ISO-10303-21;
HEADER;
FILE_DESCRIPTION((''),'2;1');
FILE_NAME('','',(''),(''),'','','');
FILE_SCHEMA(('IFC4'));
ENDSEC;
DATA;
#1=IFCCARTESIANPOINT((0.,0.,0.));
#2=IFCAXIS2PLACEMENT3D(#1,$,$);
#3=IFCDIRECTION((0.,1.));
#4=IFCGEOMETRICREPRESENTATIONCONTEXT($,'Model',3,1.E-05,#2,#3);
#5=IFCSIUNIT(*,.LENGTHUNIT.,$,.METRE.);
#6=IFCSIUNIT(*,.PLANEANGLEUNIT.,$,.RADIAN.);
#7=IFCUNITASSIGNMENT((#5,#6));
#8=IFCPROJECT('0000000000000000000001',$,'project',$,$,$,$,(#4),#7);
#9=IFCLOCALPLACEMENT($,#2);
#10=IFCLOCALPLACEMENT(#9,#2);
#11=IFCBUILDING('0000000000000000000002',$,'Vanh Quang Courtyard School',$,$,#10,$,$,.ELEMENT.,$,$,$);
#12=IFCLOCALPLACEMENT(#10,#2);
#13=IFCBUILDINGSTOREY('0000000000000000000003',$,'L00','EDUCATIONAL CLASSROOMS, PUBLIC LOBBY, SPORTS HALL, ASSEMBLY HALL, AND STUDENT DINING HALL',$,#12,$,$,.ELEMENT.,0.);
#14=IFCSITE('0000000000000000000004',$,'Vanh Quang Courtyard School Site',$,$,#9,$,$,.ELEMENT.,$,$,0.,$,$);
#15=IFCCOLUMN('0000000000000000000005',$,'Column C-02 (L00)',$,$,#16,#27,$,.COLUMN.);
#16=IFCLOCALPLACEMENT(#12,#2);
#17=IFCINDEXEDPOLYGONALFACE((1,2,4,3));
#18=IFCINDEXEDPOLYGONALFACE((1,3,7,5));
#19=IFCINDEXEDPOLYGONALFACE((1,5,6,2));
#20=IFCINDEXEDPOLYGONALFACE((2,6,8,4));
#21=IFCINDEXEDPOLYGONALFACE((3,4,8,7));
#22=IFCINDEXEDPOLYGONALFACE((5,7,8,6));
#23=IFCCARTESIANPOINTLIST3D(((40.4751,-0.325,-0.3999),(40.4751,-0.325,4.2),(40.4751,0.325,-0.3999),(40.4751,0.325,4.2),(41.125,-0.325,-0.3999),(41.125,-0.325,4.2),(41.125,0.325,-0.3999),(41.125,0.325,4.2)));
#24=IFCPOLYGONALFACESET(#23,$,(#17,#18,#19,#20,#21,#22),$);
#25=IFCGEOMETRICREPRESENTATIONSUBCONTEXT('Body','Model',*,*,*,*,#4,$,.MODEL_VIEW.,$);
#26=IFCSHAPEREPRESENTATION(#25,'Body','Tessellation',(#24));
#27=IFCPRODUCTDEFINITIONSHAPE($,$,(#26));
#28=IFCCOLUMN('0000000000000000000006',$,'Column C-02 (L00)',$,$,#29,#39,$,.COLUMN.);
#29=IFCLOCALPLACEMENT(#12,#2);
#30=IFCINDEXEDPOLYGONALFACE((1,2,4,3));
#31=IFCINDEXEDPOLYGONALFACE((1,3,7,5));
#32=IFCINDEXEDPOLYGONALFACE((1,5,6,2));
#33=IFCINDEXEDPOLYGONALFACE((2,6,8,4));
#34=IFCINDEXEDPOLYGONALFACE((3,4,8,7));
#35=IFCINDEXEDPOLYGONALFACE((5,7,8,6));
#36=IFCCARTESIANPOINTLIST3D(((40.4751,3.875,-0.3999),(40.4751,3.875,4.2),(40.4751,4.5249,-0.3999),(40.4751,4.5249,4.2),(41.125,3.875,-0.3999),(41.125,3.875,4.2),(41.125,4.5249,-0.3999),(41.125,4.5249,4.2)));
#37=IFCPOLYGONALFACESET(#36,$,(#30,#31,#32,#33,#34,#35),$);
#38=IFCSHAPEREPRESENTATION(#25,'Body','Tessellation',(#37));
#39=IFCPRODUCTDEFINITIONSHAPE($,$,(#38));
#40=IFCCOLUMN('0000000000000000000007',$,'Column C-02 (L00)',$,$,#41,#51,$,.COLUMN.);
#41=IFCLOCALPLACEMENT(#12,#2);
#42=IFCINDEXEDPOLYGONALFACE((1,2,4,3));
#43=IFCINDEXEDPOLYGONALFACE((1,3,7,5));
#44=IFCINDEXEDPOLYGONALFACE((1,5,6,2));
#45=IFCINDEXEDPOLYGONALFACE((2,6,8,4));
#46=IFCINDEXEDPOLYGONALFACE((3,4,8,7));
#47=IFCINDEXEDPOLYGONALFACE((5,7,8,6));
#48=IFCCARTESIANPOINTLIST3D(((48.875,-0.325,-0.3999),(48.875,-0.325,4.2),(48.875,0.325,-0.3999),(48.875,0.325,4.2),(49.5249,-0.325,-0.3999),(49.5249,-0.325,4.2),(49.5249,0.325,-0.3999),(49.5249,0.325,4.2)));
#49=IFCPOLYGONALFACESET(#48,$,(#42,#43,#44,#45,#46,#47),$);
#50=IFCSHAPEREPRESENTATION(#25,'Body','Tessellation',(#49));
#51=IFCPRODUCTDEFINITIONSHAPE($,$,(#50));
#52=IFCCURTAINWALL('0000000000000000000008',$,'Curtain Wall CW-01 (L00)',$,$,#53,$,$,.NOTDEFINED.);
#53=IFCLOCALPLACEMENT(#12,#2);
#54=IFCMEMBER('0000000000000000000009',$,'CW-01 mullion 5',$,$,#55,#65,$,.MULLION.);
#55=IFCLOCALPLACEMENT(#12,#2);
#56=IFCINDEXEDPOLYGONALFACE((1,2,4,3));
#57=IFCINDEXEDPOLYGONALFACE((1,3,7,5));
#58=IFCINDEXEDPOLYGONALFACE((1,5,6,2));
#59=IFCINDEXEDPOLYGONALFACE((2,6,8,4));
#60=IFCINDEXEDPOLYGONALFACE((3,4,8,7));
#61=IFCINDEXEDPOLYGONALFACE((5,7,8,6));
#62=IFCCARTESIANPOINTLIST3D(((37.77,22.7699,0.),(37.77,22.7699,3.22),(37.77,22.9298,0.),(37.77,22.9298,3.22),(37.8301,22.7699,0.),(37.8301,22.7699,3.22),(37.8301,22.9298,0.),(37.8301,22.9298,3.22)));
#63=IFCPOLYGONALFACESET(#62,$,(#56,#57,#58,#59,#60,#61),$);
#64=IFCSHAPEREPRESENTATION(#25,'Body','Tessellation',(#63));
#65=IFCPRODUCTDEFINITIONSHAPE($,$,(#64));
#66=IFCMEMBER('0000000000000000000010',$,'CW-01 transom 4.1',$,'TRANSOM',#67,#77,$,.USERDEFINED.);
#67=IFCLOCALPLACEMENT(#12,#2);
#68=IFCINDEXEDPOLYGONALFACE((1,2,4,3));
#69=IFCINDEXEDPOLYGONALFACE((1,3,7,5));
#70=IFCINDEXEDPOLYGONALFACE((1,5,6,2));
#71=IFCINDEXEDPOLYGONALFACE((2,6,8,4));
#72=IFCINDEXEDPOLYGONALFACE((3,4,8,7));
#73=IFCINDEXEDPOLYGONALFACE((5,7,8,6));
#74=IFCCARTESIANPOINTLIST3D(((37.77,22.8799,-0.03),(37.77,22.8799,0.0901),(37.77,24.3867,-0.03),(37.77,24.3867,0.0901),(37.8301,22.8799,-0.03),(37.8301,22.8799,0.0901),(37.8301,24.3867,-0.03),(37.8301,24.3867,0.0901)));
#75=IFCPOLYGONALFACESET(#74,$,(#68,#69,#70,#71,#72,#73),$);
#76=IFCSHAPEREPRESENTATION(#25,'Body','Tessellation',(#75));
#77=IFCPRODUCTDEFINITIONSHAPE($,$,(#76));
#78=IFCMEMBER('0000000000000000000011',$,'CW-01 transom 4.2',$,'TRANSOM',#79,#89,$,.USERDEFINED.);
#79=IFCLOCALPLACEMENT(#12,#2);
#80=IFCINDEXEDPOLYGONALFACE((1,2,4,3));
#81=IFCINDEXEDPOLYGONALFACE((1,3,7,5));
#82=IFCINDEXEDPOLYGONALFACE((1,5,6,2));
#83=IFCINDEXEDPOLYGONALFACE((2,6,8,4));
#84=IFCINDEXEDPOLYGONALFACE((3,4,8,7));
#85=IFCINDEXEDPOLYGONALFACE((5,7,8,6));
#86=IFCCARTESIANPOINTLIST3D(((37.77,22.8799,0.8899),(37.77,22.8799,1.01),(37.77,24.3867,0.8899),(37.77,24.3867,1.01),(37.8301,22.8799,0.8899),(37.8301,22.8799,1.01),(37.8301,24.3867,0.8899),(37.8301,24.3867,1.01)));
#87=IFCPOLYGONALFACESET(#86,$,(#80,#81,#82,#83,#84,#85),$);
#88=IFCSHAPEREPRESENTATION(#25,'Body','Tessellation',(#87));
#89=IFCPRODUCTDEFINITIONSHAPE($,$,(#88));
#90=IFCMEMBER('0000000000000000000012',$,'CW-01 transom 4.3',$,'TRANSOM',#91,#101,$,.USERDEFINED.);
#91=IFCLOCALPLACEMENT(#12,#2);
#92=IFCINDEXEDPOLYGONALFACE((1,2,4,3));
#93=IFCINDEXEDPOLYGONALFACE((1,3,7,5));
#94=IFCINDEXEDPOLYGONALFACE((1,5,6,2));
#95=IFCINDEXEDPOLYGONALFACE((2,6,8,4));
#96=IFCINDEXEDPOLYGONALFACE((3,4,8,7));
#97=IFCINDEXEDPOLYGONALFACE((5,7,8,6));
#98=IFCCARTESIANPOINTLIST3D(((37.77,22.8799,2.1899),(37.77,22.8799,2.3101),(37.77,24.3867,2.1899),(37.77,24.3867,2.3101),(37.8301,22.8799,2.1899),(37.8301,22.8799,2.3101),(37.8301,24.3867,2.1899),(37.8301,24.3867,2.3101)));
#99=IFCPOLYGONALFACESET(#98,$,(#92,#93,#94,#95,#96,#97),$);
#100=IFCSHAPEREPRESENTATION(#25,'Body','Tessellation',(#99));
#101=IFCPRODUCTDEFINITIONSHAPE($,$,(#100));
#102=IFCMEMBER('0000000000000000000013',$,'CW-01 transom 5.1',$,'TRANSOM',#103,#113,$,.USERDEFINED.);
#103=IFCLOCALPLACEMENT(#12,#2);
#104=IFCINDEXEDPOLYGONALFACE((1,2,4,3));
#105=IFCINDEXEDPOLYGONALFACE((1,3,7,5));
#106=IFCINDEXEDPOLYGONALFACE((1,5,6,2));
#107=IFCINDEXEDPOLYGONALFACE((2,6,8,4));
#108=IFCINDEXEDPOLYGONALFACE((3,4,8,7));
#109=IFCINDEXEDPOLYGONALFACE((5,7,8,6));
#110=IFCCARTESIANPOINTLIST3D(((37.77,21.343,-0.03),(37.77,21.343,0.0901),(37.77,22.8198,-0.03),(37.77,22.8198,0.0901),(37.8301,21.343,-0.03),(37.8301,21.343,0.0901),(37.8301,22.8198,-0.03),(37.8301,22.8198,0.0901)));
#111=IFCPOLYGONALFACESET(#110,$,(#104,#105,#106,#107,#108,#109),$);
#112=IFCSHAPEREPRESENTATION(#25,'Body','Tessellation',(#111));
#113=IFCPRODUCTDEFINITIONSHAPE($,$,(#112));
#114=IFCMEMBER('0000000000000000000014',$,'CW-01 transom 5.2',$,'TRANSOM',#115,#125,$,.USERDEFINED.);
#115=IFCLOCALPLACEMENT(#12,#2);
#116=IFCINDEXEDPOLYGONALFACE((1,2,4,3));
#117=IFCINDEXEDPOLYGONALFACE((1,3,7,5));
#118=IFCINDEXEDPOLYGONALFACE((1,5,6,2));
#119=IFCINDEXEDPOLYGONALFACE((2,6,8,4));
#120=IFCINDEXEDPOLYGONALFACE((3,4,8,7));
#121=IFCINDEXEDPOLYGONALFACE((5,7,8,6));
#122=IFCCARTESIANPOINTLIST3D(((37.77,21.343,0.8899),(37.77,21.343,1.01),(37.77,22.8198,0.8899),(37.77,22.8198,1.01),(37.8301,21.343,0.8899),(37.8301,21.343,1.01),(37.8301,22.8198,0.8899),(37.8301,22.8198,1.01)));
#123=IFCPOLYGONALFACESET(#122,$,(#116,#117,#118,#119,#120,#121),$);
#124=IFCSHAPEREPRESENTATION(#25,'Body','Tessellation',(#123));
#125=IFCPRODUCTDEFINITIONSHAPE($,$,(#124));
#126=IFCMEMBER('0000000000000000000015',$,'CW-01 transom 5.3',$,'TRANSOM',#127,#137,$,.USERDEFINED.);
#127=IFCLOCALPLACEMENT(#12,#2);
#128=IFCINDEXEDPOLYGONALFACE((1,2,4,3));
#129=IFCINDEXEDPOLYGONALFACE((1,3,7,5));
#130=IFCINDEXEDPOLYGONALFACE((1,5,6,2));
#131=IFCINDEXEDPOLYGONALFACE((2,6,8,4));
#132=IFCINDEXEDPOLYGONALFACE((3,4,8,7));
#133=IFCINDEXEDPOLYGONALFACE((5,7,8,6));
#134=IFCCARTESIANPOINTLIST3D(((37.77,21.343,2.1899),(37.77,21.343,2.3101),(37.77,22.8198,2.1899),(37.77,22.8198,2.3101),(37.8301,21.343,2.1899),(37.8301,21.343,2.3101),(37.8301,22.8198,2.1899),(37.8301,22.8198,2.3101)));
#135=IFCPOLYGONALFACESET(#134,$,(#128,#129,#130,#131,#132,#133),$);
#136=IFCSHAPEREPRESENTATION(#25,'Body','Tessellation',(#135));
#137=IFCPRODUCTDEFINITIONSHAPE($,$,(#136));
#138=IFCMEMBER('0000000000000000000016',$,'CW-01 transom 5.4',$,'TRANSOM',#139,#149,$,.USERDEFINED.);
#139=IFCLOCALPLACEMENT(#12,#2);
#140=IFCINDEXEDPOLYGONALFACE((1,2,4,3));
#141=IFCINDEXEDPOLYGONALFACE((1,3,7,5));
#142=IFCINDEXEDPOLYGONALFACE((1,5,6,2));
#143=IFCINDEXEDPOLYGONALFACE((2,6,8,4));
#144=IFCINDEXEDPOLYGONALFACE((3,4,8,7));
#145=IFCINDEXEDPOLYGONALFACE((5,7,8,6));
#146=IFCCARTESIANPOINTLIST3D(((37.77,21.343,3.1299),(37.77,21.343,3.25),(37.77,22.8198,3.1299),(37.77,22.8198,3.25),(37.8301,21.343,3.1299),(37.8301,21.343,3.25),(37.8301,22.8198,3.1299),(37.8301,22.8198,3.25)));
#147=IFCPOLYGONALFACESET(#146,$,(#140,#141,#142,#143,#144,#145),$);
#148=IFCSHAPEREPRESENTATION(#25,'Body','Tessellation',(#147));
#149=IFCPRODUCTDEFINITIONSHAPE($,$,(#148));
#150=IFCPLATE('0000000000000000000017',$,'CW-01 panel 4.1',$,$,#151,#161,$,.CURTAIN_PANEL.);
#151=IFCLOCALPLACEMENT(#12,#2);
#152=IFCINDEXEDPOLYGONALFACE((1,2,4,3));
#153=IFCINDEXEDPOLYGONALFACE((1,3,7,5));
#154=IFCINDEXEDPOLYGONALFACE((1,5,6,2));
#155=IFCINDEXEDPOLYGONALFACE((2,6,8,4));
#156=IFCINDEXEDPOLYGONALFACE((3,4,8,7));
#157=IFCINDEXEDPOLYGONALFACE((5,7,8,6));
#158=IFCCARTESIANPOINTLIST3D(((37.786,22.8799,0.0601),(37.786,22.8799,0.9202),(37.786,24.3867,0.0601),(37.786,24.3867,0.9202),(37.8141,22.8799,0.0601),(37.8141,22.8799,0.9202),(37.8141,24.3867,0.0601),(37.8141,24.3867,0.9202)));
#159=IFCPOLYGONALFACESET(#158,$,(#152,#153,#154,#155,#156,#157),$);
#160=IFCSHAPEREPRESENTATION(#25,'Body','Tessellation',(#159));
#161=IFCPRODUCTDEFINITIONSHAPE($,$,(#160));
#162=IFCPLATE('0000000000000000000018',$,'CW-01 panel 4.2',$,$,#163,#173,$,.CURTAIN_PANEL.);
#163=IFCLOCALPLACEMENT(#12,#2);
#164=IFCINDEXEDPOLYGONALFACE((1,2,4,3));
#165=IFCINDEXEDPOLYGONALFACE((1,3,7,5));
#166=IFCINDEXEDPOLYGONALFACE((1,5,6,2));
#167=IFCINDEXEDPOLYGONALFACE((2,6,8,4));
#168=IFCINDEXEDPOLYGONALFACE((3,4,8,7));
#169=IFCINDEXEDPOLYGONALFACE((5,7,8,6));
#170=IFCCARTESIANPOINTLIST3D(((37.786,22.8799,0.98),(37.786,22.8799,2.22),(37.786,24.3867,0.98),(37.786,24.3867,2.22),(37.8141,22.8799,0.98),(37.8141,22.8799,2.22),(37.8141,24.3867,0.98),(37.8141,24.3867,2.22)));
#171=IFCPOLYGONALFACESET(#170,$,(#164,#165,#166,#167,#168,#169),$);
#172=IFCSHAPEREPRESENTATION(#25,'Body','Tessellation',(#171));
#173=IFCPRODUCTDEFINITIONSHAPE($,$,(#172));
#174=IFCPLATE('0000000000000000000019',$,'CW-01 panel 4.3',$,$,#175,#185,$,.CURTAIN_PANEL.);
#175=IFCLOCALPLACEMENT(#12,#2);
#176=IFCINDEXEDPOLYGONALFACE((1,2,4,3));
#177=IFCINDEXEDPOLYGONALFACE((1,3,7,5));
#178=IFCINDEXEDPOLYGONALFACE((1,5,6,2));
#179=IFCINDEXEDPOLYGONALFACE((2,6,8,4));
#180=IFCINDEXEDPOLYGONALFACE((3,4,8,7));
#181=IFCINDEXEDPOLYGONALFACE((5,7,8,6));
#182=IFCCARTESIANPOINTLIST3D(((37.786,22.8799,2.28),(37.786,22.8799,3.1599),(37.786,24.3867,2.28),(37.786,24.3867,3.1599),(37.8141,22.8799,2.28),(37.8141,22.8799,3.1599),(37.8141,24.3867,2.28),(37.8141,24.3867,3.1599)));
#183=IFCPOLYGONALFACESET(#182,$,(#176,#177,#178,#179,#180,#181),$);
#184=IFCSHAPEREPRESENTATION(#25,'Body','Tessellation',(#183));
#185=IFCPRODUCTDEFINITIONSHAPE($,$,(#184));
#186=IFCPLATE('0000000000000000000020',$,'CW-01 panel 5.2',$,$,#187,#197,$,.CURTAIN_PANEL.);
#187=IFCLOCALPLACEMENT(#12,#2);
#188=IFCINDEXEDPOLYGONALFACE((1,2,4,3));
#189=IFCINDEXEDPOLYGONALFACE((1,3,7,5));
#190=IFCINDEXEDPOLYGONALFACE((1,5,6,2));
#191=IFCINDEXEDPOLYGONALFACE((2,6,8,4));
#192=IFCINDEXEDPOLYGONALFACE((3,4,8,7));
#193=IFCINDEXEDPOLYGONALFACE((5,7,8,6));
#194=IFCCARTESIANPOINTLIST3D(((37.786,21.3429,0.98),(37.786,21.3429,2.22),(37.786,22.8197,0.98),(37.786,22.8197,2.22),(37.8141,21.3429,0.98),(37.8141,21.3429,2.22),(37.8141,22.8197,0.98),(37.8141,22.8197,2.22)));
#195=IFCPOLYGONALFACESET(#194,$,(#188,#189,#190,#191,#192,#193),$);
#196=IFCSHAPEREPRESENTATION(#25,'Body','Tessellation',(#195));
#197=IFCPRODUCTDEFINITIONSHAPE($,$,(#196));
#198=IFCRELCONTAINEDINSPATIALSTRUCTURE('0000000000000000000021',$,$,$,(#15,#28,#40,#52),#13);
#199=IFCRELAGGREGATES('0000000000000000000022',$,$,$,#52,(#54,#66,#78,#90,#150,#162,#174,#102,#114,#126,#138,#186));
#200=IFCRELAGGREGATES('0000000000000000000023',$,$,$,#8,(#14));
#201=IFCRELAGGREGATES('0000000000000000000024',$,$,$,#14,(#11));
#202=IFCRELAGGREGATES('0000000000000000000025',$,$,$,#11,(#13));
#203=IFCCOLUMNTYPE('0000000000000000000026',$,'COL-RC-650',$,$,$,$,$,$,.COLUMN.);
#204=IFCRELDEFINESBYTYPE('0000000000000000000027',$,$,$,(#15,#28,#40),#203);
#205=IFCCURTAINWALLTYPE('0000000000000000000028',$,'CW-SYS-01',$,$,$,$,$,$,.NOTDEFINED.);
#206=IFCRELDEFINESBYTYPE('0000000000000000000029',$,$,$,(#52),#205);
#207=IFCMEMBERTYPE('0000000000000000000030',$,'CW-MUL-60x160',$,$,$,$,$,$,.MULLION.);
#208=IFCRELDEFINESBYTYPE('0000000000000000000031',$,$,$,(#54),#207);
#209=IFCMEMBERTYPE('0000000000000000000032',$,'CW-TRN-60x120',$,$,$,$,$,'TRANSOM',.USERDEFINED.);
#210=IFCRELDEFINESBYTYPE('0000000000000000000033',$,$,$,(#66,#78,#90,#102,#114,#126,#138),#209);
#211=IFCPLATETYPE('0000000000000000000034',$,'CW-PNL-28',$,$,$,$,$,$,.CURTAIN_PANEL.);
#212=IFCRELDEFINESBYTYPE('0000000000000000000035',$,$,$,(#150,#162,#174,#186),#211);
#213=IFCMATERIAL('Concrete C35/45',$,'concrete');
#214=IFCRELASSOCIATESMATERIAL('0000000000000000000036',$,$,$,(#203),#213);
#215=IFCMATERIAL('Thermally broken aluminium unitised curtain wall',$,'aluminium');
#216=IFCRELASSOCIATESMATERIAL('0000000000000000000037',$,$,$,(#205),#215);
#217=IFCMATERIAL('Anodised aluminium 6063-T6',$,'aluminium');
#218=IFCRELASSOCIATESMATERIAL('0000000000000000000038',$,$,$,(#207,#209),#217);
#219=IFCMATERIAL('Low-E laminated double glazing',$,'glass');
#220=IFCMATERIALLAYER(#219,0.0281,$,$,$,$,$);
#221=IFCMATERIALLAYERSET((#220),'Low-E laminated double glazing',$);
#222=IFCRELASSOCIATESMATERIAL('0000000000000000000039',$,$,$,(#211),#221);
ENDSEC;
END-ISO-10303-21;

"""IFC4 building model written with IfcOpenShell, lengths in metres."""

from ifc_helpers import new_model, si_unit, direction, frame, origin, origin_2d, place, context, subcontext, project, spatial, rectangle, extrude, material, layer, layer_set, material_profile, profile_set, type_object, element, aggregate, save


model = new_model("IFC4")

# Units and contexts
model_context = context("Model", 3, precision=1e-05, world=origin(), true_north=direction((0.0, 1.0)))
body_context = subcontext(model_context, "Body", "Model", "MODEL_VIEW")
ifc_project = project(units=[si_unit("LENGTHUNIT", "METRE"), si_unit("PLANEANGLEUNIT", "RADIAN")], contexts=[model_context])

# Site, building, storey
site_placement = place(None, origin())
site = spatial("IfcSite", under=ifc_project, at=site_placement, Name="Vanh Quang Courtyard School Site", CompositionType="ELEMENT", RefElevation=0.0)
building_placement = place(site_placement, origin())
building = spatial("IfcBuilding", under=site, at=building_placement, Name="Vanh Quang Courtyard School", CompositionType="ELEMENT")
storey_placement = place(building_placement, origin())
storey = spatial("IfcBuildingStorey", under=building, at=storey_placement, Name="L00", Description="EDUCATIONAL CLASSROOMS, PUBLIC LOBBY, SPORTS HALL, ASSEMBLY HALL, AND STUDENT DINING HALL", CompositionType="ELEMENT", Elevation=0.0)

# Shared definitions
ifc_material_1 = material(Name="Concrete C35/45", Category="concrete")

# Columns
ifc_material_profile_1 = material_profile(ifc_material_1, rectangle(XDim=0.6499, YDim=0.6499, at=origin_2d()), Name="RC-COL 650x650")
ifc_profile_set_1 = profile_set([ifc_material_profile_1], Name="Concrete C35/45")
column_type = type_object("IfcColumnType", Name="COL-RC-650", PredefinedType="COLUMN", material=ifc_profile_set_1)
for number, where, z_axis, x_axis, name in (
    (1, (40.8, 0.0, -0.3999), (0.0, 0.0, 1.0), (1.0, 0.0, 0.0), "Column C-02 (L00)"),
    (2, (40.8, 4.2, -0.3999), (0.0, 0.0, 1.0), (1.0, 0.0, 0.0), "Column C-02 (L00)"),
    (3, (49.2, 0.0, -0.3999), (0.0, 0.0, 1.0), (1.0, 0.0, 0.0), "Column C-02 (L00)"),
):
    element("IfcColumn", number, at=place(storey_placement, frame(where, z_axis=z_axis, x_axis=x_axis)), inside=storey, type_object=column_type, Name=name, PredefinedType="COLUMN", context=body_context, shape_type="SweptSolid", body=[
        extrude(rectangle(XDim=0.6499, YDim=0.6499, at=origin_2d()), origin(), (0.0, 0.0, 1.0), 4.5999),
    ])

# Curtain wall, members, plates
ifc_material_2 = material(Name="Thermally broken aluminium unitised curtain wall", Category="aluminium")
curtain_wall_type = type_object("IfcCurtainWallType", Name="CW-SYS-01", PredefinedType="NOTDEFINED", material=ifc_material_2)
curtain_wall_placement = place(storey_placement, origin())
curtain_wall = element("IfcCurtainWall", 4, at=curtain_wall_placement, inside=storey, type_object=curtain_wall_type, Name="Curtain Wall CW-01 (L00)", PredefinedType="NOTDEFINED")
ifc_material_3 = material(Name="Anodised aluminium 6063-T6", Category="aluminium")
ifc_material_profile_2 = material_profile(ifc_material_3, rectangle(XDim=0.0601, YDim=0.1599, at=origin_2d()), Name="ALU-MUL 60x160")
ifc_profile_set_2 = profile_set([ifc_material_profile_2], Name="Anodised aluminium 6063-T6")
member_type_1 = type_object("IfcMemberType", Name="CW-MUL-60x160", PredefinedType="MULLION", material=ifc_profile_set_2)
member_1_placement = place(storey_placement, frame((37.8, 22.8499, 0.0), z_axis=(0.0, 0.0, 1.0), x_axis=(1.0, 0.0, 0.0)))
member_1 = element("IfcMember", 5, at=member_1_placement, type_object=member_type_1, Name="CW-01 mullion 5", PredefinedType="MULLION", context=body_context, shape_type="SweptSolid", body=[
    extrude(rectangle(XDim=0.0601, YDim=0.1599, at=origin_2d()), origin(), (0.0, 0.0, 1.0), 3.22),
])
ifc_material_profile_3 = material_profile(ifc_material_3, rectangle(XDim=0.0601, YDim=0.1201, at=origin_2d()), Name="ALU-TRN 60x120")
ifc_profile_set_3 = profile_set([ifc_material_profile_3], Name="Anodised aluminium 6063-T6")
member_type_2 = type_object("IfcMemberType", Name="CW-TRN-60x120", ElementType="TRANSOM", PredefinedType="USERDEFINED", material=ifc_profile_set_3)
member_2_placement = place(storey_placement, frame((37.8, 24.3867, 0.03), z_axis=(0.0, -1.0, 0.0), x_axis=(1.0, 0.0, 0.0)))
member_2 = element("IfcMember", 6, at=member_2_placement, type_object=member_type_2, Name="CW-01 transom 4.1", ObjectType="TRANSOM", PredefinedType="USERDEFINED", context=body_context, shape_type="SweptSolid", body=[
    extrude(rectangle(XDim=0.0601, YDim=0.1201, at=origin_2d()), origin(), (0.0, 0.0, 1.0), 1.5068),
])
member_3_placement = place(storey_placement, frame((37.8, 24.3867, 0.95), z_axis=(0.0, -1.0, 0.0), x_axis=(1.0, 0.0, 0.0)))
member_3 = element("IfcMember", 7, at=member_3_placement, type_object=member_type_2, Name="CW-01 transom 4.2", ObjectType="TRANSOM", PredefinedType="USERDEFINED", context=body_context, shape_type="SweptSolid", body=[
    extrude(rectangle(XDim=0.0601, YDim=0.1201, at=origin_2d()), origin(), (0.0, 0.0, 1.0), 1.5068),
])
member_4_placement = place(storey_placement, frame((37.8, 24.3867, 2.25), z_axis=(0.0, -1.0, 0.0), x_axis=(1.0, 0.0, 0.0)))
member_4 = element("IfcMember", 8, at=member_4_placement, type_object=member_type_2, Name="CW-01 transom 4.3", ObjectType="TRANSOM", PredefinedType="USERDEFINED", context=body_context, shape_type="SweptSolid", body=[
    extrude(rectangle(XDim=0.0601, YDim=0.1201, at=origin_2d()), origin(), (0.0, 0.0, 1.0), 1.5068),
])
member_5_placement = place(storey_placement, frame((37.8, 22.8198, 0.03), z_axis=(0.0, -1.0, 0.0), x_axis=(1.0, 0.0, 0.0)))
member_5 = element("IfcMember", 9, at=member_5_placement, type_object=member_type_2, Name="CW-01 transom 5.1", ObjectType="TRANSOM", PredefinedType="USERDEFINED", context=body_context, shape_type="SweptSolid", body=[
    extrude(rectangle(XDim=0.0601, YDim=0.1201, at=origin_2d()), origin(), (0.0, 0.0, 1.0), 1.4768),
])
member_6_placement = place(storey_placement, frame((37.8, 22.8198, 0.95), z_axis=(0.0, -1.0, 0.0), x_axis=(1.0, 0.0, 0.0)))
member_6 = element("IfcMember", 10, at=member_6_placement, type_object=member_type_2, Name="CW-01 transom 5.2", ObjectType="TRANSOM", PredefinedType="USERDEFINED", context=body_context, shape_type="SweptSolid", body=[
    extrude(rectangle(XDim=0.0601, YDim=0.1201, at=origin_2d()), origin(), (0.0, 0.0, 1.0), 1.4768),
])
member_7_placement = place(storey_placement, frame((37.8, 22.8198, 2.25), z_axis=(0.0, -1.0, 0.0), x_axis=(1.0, 0.0, 0.0)))
member_7 = element("IfcMember", 11, at=member_7_placement, type_object=member_type_2, Name="CW-01 transom 5.3", ObjectType="TRANSOM", PredefinedType="USERDEFINED", context=body_context, shape_type="SweptSolid", body=[
    extrude(rectangle(XDim=0.0601, YDim=0.1201, at=origin_2d()), origin(), (0.0, 0.0, 1.0), 1.4768),
])
member_8_placement = place(storey_placement, frame((37.8, 22.8198, 3.1899), z_axis=(0.0, -1.0, 0.0), x_axis=(1.0, 0.0, 0.0)))
member_8 = element("IfcMember", 12, at=member_8_placement, type_object=member_type_2, Name="CW-01 transom 5.4", ObjectType="TRANSOM", PredefinedType="USERDEFINED", context=body_context, shape_type="SweptSolid", body=[
    extrude(rectangle(XDim=0.0601, YDim=0.1201, at=origin_2d()), origin(), (0.0, 0.0, 1.0), 1.4768),
])
ifc_material_4 = material(Name="Low-E laminated double glazing", Category="glass")
ifc_layer_1 = layer(ifc_material_4, 0.0281)
ifc_layer_set_1 = layer_set([ifc_layer_1], Name="Low-E laminated double glazing")
plate_type = type_object("IfcPlateType", Name="CW-PNL-28", PredefinedType="CURTAIN_PANEL", material=ifc_layer_set_1)
plate_1_placement = place(storey_placement, frame((37.8, 23.6333, 0.0601), z_axis=(0.0, 0.0, 1.0), x_axis=(0.0, -1.0, 0.0)))
plate_1 = element("IfcPlate", 13, at=plate_1_placement, type_object=plate_type, Name="CW-01 panel 4.1", PredefinedType="CURTAIN_PANEL", context=body_context, shape_type="SweptSolid", body=[
    extrude(rectangle(XDim=1.5068, YDim=0.0281, at=origin_2d()), origin(), (0.0, 0.0, 1.0), 0.8601),
])
plate_2_placement = place(storey_placement, frame((37.8, 23.6333, 0.98), z_axis=(0.0, 0.0, 1.0), x_axis=(0.0, -1.0, 0.0)))
plate_2 = element("IfcPlate", 14, at=plate_2_placement, type_object=plate_type, Name="CW-01 panel 4.2", PredefinedType="CURTAIN_PANEL", context=body_context, shape_type="SweptSolid", body=[
    extrude(rectangle(XDim=1.5068, YDim=0.0281, at=origin_2d()), origin(), (0.0, 0.0, 1.0), 1.24),
])
plate_3_placement = place(storey_placement, frame((37.8, 23.6333, 2.28), z_axis=(0.0, 0.0, 1.0), x_axis=(0.0, -1.0, 0.0)))
plate_3 = element("IfcPlate", 15, at=plate_3_placement, type_object=plate_type, Name="CW-01 panel 4.3", PredefinedType="CURTAIN_PANEL", context=body_context, shape_type="SweptSolid", body=[
    extrude(rectangle(XDim=1.5068, YDim=0.0281, at=origin_2d()), origin(), (0.0, 0.0, 1.0), 0.8799),
])
plate_4_placement = place(storey_placement, frame((37.8, 22.0813, 0.98), z_axis=(0.0, 0.0, 1.0), x_axis=(0.0, -1.0, 0.0)))
plate_4 = element("IfcPlate", 16, at=plate_4_placement, type_object=plate_type, Name="CW-01 panel 5.2", PredefinedType="CURTAIN_PANEL", context=body_context, shape_type="SweptSolid", body=[
    extrude(rectangle(XDim=1.4768, YDim=0.0281, at=origin_2d()), origin(), (0.0, 0.0, 1.0), 1.24),
])
aggregate(curtain_wall, [member_1, member_2, member_3, member_4, plate_1, plate_2, plate_3, member_5, member_6, member_7, member_8, plate_4])

save(model, "model.ifc")
